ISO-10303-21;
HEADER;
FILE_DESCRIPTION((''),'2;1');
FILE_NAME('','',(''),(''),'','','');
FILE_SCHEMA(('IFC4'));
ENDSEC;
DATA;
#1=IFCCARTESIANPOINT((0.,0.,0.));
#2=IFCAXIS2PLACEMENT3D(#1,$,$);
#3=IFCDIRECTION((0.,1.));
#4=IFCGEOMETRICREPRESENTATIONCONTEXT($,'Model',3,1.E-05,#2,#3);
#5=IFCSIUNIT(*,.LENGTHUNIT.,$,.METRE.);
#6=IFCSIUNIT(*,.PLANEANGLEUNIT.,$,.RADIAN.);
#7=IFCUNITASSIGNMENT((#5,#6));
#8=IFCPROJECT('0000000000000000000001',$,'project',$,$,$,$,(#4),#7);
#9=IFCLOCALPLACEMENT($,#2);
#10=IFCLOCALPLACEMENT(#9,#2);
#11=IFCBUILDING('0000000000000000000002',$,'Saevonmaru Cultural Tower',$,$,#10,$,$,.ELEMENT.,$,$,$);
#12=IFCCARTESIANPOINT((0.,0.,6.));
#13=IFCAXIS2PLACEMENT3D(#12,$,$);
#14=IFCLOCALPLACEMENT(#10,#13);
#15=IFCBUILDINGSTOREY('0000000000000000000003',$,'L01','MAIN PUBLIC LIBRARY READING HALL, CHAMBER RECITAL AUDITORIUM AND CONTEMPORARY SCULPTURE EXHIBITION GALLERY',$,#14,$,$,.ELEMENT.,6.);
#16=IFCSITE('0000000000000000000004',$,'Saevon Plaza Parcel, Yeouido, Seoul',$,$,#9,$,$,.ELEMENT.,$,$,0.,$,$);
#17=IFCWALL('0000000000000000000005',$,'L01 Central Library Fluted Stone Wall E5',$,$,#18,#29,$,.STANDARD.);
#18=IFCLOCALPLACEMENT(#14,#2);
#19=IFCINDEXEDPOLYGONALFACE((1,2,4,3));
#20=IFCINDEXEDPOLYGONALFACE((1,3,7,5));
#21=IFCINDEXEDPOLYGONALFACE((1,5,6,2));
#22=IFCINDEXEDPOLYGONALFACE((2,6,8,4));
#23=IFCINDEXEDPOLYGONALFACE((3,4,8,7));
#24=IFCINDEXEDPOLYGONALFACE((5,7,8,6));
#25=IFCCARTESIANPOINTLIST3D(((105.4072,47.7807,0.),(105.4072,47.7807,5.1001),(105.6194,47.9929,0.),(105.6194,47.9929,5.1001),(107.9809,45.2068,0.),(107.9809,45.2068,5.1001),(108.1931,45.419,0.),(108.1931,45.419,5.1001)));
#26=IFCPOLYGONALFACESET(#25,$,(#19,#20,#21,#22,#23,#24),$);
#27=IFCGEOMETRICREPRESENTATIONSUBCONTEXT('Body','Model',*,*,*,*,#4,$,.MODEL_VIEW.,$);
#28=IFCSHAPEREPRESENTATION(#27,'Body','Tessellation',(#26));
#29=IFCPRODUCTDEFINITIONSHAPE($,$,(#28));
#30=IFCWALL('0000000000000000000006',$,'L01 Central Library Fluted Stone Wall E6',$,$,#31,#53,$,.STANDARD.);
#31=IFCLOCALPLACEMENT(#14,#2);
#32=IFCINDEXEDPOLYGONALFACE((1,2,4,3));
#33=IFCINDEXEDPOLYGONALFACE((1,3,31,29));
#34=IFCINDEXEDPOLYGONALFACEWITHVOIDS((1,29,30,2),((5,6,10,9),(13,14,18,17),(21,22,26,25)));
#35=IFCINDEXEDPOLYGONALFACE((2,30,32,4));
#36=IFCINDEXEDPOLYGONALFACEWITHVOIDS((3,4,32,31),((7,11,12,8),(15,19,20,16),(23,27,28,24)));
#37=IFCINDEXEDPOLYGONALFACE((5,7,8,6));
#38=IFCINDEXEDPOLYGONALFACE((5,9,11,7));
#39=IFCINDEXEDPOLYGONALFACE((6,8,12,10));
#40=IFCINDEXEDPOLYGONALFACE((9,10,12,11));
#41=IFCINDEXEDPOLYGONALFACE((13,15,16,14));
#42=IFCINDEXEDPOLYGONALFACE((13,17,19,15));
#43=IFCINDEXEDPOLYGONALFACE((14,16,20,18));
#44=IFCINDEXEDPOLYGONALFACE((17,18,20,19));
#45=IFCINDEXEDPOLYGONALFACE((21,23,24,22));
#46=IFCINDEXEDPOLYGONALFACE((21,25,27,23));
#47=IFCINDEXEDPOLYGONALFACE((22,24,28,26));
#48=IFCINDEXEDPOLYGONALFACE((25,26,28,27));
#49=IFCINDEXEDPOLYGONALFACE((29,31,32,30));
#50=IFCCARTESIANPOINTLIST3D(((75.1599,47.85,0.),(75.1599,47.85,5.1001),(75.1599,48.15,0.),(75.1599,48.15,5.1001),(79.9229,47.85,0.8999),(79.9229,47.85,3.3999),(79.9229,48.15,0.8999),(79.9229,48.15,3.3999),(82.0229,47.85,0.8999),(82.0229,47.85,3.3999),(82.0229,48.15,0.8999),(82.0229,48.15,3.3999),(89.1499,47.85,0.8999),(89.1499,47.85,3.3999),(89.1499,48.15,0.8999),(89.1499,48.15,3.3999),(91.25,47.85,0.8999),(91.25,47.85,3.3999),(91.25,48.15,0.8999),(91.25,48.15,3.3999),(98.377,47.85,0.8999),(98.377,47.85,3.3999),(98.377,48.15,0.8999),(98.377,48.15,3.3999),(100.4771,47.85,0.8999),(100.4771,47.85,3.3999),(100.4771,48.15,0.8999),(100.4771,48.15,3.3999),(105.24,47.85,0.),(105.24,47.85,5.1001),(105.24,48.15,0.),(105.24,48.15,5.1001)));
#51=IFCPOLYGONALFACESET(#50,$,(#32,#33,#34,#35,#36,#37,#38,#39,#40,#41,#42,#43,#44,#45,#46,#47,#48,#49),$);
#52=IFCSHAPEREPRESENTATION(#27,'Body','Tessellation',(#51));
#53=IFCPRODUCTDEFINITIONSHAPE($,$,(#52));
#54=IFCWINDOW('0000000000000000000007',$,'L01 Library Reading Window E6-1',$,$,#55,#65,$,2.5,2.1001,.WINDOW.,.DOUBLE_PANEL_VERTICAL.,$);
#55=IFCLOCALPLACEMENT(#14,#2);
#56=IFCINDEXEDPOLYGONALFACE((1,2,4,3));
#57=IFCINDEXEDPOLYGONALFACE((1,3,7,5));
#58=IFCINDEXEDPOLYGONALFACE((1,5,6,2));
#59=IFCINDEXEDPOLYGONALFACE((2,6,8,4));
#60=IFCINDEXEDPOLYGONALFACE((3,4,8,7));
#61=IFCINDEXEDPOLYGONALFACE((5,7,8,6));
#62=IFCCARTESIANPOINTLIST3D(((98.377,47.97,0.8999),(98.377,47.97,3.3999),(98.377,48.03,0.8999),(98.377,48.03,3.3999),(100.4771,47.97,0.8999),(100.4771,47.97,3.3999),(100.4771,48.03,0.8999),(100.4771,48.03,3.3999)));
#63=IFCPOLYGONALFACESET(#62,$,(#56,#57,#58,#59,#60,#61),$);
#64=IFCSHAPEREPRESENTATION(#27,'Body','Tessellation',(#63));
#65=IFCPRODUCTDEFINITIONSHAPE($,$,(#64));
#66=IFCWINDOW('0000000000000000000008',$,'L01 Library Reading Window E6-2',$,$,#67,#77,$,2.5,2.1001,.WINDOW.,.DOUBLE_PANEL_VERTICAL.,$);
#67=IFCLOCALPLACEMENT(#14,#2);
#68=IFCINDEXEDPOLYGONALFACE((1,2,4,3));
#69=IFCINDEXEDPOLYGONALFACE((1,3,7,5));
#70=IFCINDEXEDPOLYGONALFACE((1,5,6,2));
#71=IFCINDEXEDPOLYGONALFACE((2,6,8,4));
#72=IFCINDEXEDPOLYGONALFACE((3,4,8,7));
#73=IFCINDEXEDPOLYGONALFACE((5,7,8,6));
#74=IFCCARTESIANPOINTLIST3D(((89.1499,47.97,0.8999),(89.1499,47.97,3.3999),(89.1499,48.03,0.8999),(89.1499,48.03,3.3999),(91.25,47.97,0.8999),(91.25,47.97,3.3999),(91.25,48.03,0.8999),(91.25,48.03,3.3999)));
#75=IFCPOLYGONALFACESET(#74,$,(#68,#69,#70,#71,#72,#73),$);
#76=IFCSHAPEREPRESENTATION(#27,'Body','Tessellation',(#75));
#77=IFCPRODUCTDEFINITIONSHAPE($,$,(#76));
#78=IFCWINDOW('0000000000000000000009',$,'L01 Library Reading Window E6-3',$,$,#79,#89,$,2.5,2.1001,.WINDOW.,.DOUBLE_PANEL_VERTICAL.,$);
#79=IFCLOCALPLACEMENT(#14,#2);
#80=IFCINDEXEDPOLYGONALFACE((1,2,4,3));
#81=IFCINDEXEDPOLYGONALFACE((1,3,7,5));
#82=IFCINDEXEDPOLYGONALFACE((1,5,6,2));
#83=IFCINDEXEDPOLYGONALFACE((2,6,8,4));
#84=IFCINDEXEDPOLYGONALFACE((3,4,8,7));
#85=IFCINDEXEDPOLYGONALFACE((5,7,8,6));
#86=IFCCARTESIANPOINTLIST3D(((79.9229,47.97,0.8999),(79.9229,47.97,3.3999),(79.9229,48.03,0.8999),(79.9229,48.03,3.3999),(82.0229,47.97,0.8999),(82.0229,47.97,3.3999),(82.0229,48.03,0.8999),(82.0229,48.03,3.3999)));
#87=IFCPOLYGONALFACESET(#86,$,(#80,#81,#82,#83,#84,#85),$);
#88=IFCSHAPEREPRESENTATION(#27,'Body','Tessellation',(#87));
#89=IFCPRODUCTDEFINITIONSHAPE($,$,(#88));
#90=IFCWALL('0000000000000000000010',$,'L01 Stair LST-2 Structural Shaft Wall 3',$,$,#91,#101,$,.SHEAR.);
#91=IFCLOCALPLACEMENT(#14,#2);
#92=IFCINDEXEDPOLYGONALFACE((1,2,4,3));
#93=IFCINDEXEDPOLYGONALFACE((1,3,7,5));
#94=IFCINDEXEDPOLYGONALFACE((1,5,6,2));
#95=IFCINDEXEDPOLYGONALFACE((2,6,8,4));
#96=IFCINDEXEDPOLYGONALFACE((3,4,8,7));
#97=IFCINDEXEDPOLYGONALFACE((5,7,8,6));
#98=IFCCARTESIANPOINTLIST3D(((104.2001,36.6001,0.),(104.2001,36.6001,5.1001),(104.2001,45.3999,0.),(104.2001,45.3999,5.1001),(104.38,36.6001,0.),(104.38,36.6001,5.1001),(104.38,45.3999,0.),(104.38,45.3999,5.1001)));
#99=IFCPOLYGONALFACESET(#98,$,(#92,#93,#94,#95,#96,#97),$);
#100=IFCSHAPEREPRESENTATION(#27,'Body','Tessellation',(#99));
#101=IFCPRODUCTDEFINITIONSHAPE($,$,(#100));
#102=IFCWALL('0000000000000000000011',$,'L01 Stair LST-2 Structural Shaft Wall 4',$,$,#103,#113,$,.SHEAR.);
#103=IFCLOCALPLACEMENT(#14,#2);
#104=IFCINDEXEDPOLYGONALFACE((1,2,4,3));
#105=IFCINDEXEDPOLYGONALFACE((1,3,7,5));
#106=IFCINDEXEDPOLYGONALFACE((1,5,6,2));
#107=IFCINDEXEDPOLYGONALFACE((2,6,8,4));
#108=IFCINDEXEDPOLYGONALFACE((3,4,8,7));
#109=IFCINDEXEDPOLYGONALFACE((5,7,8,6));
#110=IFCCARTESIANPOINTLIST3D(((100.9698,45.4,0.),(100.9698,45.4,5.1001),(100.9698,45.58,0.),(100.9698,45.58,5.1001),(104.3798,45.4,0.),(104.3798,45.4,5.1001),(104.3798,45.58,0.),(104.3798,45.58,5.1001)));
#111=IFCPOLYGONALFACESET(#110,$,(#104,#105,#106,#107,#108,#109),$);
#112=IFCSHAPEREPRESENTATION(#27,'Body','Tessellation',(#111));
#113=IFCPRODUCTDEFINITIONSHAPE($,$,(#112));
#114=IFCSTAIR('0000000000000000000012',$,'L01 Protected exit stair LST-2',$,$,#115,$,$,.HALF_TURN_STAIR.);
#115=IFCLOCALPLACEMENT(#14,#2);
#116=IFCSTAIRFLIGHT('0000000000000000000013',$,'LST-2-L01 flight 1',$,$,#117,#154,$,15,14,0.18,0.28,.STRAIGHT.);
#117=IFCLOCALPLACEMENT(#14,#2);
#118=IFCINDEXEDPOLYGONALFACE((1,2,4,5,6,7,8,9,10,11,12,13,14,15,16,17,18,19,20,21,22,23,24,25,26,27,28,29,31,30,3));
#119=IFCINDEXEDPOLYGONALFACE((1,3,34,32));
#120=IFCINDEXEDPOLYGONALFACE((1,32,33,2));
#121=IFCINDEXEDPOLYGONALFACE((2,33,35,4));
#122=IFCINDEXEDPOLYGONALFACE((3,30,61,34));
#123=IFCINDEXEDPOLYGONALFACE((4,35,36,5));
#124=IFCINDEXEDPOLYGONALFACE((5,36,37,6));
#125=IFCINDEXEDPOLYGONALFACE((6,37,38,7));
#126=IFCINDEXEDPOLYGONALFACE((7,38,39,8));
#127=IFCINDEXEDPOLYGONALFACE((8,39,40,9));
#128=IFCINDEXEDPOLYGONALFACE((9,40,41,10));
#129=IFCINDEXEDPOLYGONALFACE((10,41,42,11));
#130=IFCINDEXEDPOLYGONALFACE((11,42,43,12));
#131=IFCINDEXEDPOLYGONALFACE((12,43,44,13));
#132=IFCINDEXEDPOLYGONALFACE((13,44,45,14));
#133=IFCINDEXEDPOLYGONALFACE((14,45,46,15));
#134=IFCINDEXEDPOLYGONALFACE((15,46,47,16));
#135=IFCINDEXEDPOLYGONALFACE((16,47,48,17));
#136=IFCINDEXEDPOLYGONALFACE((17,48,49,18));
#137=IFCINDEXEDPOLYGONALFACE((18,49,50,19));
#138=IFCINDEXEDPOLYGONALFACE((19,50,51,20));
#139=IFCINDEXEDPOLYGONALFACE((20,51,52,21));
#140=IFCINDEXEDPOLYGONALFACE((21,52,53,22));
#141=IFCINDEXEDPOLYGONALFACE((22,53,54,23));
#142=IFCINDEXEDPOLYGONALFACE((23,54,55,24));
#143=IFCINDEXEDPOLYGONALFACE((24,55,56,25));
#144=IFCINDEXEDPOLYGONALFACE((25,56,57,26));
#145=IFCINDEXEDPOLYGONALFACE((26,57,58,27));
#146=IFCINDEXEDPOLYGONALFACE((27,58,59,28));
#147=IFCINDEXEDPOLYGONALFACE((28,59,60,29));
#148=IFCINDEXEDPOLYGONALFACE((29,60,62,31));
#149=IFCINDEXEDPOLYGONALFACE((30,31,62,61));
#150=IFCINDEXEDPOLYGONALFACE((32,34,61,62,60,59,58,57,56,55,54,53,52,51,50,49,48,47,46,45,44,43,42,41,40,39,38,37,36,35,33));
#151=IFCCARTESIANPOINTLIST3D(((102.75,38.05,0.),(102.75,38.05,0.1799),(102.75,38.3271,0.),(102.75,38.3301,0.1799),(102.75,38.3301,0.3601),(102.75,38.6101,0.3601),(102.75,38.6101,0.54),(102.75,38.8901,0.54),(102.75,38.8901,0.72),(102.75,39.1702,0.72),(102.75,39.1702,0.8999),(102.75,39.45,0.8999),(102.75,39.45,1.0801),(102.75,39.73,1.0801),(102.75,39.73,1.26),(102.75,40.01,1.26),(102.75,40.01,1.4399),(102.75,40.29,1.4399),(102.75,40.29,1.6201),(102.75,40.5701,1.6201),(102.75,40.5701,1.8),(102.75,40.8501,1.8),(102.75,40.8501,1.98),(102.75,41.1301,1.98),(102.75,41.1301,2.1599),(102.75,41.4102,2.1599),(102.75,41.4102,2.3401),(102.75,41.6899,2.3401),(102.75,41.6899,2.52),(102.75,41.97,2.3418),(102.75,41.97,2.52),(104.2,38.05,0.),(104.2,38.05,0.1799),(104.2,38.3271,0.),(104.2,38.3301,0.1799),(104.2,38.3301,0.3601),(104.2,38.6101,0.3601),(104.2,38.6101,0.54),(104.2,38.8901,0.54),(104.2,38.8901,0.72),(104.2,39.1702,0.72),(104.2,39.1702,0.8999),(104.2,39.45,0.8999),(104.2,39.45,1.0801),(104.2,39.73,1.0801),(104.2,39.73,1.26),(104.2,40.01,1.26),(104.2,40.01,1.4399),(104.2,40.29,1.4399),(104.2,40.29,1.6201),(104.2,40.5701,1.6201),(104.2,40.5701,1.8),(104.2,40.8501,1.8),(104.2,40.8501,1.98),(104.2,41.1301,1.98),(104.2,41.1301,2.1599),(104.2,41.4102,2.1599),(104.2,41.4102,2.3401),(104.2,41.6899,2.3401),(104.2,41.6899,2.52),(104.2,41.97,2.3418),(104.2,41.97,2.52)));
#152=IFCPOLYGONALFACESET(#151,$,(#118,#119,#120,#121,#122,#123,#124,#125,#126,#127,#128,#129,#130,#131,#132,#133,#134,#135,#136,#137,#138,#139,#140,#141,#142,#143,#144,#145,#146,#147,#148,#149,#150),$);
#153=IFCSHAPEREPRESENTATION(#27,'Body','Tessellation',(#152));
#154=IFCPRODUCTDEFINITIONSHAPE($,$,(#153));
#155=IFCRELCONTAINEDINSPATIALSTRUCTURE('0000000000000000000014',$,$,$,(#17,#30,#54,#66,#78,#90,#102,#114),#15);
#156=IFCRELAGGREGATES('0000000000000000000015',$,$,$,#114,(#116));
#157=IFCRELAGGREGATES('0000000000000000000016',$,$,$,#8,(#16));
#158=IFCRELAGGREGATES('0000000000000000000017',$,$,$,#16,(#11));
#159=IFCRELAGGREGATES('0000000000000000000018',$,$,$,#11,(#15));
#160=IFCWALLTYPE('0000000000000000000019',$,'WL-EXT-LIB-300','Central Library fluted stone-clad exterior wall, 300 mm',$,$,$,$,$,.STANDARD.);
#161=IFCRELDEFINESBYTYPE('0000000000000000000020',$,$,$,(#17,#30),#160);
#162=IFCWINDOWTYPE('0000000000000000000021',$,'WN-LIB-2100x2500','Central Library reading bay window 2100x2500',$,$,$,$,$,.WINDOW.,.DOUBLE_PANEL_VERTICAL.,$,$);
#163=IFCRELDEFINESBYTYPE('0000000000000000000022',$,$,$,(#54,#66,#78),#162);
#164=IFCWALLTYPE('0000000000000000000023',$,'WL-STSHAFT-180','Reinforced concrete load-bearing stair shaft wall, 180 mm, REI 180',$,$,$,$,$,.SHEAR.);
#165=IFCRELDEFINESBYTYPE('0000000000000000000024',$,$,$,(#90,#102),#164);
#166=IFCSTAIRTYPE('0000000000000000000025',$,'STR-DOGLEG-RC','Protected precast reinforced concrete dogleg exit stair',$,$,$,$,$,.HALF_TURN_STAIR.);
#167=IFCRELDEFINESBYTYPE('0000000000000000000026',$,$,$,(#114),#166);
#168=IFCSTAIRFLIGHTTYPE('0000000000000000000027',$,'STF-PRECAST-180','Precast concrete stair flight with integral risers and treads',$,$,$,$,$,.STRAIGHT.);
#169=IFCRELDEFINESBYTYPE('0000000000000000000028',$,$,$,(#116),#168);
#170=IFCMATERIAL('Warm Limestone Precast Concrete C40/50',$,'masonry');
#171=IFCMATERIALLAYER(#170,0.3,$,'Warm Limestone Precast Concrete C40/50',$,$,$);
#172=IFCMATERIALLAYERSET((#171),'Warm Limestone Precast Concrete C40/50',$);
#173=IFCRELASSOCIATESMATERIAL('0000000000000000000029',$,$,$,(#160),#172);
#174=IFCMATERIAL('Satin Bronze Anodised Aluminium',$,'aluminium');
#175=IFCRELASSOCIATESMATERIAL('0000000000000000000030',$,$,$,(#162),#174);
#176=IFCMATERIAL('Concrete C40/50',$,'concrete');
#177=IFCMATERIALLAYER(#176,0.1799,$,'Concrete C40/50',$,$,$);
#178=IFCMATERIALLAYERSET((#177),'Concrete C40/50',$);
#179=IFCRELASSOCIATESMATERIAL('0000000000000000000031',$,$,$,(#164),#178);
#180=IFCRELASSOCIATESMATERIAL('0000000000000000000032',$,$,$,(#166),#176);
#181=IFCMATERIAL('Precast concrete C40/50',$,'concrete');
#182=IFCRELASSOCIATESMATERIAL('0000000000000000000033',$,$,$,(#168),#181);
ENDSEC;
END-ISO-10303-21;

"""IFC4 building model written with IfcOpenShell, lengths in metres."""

from ifc_helpers import new_model, si_unit, direction, frame, frame_2d, origin, place, context, subcontext, project, spatial, polyline, rectangle, outline, extrude, material, layer, layer_set, type_object, element, fill, aggregate, save


model = new_model("IFC4")

# Units and contexts
model_context = context("Model", 3, precision=1e-05, world=origin(), true_north=direction((0.0, 1.0)))
body_context = subcontext(model_context, "Body", "Model", "MODEL_VIEW")
ifc_project = project(units=[si_unit("LENGTHUNIT", "METRE"), si_unit("PLANEANGLEUNIT", "RADIAN")], contexts=[model_context])

# Site, building, storey
site_placement = place(None, origin())
site = spatial("IfcSite", under=ifc_project, at=site_placement, Name="Saevon Plaza Parcel, Yeouido, Seoul", CompositionType="ELEMENT", RefElevation=0.0)
building_placement = place(site_placement, origin())
building = spatial("IfcBuilding", under=site, at=building_placement, Name="Saevonmaru Cultural Tower", CompositionType="ELEMENT")
storey_placement = place(building_placement, frame((0.0, 0.0, 6.0)))
storey = spatial("IfcBuildingStorey", under=building, at=storey_placement, Name="L01", Description="MAIN PUBLIC LIBRARY READING HALL, CHAMBER RECITAL AUDITORIUM AND CONTEMPORARY SCULPTURE EXHIBITION GALLERY", CompositionType="ELEMENT", Elevation=6.0)

# Wall
ifc_material_1 = material(Name="Warm Limestone Precast Concrete C40/50", Category="masonry")
ifc_layer_1 = layer(ifc_material_1, 0.3, Name="Warm Limestone Precast Concrete C40/50")
ifc_layer_set_1 = layer_set([ifc_layer_1], Name="Warm Limestone Precast Concrete C40/50")
wall_type_1 = type_object("IfcWallType", Name="WL-EXT-LIB-300", Description="Central Library fluted stone-clad exterior wall, 300 mm", PredefinedType="STANDARD", material=ifc_layer_set_1)
wall_1_placement = place(storey_placement, frame((108.0869, 45.313, 0.0), z_axis=(0.0, 0.0, 1.0), x_axis=(-0.707073, 0.70714, 0.0)))
element("IfcWall", 1, at=wall_1_placement, inside=storey, type_object=wall_type_1, Name="L01 Central Library Fluted Stone Wall E5", PredefinedType="STANDARD", context=body_context, shape_type="SweptSolid", body=[
    extrude(rectangle(XDim=3.6399, YDim=0.3, at=frame_2d((1.8198, 0.0))), origin(), (0.0, 0.0, 1.0), 5.1001),
])

# Wall, openings, windows
wall_2_placement = place(storey_placement, frame((105.24, 48.0, 0.0), z_axis=(0.0, 0.0, 1.0), x_axis=(-1.0, 0.0, 0.0)))
wall_2 = element("IfcWall", 2, at=wall_2_placement, inside=storey, type_object=wall_type_1, Name="L01 Central Library Fluted Stone Wall E6", PredefinedType="STANDARD", context=body_context, shape_type="SweptSolid", body=[
    extrude(rectangle(XDim=30.0801, YDim=0.3, at=frame_2d((15.04, 0.0))), origin(), (0.0, 0.0, 1.0), 5.1001),
])
opening_1_placement = place(wall_2_placement, frame((4.7629, 0.0, 0.8999)))
opening_1 = element("IfcOpeningElement", 3, at=opening_1_placement, cuts=wall_2, PredefinedType="OPENING", context=body_context, shape_type="SweptSolid", body=[
    extrude(rectangle(XDim=2.1001, YDim=2.5, at=frame_2d((1.05, 1.25))), frame((0.0, 0.1602, 0.0), z_axis=(0.0, -1.0, 0.0), x_axis=(1.0, 0.0, 0.0)), (0.0, 0.0, 1.0), 0.3201),
])
opening_2_placement = place(wall_2_placement, frame((13.99, 0.0, 0.8999)))
opening_2 = element("IfcOpeningElement", 4, at=opening_2_placement, cuts=wall_2, PredefinedType="OPENING", context=body_context, shape_type="SweptSolid", body=[
    extrude(rectangle(XDim=2.1001, YDim=2.5, at=frame_2d((1.05, 1.25))), frame((0.0, 0.1602, 0.0), z_axis=(0.0, -1.0, 0.0), x_axis=(1.0, 0.0, 0.0)), (0.0, 0.0, 1.0), 0.3201),
])
opening_3_placement = place(wall_2_placement, frame((23.217, 0.0, 0.8999)))
opening_3 = element("IfcOpeningElement", 5, at=opening_3_placement, cuts=wall_2, PredefinedType="OPENING", context=body_context, shape_type="SweptSolid", body=[
    extrude(rectangle(XDim=2.1001, YDim=2.5, at=frame_2d((1.05, 1.25))), frame((0.0, 0.1602, 0.0), z_axis=(0.0, -1.0, 0.0), x_axis=(1.0, 0.0, 0.0)), (0.0, 0.0, 1.0), 0.3201),
])
ifc_material_2 = material(Name="Satin Bronze Anodised Aluminium", Category="aluminium")
window_type = type_object("IfcWindowType", Name="WN-LIB-2100x2500", Description="Central Library reading bay window 2100x2500", PartitioningType="DOUBLE_PANEL_VERTICAL", PredefinedType="WINDOW", material=ifc_material_2)
window_1_placement = place(opening_1_placement, origin())
window_1 = element("IfcWindow", 6, at=window_1_placement, inside=storey, type_object=window_type, Name="L01 Library Reading Window E6-1", OverallHeight=2.5, OverallWidth=2.1001, PartitioningType="DOUBLE_PANEL_VERTICAL", PredefinedType="WINDOW", context=body_context, shape_type="SweptSolid", body=[
    extrude(rectangle(XDim=2.1001, YDim=2.5, at=frame_2d((1.05, 1.25))), frame((0.0, 0.03, 0.0), z_axis=(0.0, -1.0, 0.0), x_axis=(1.0, 0.0, 0.0)), (0.0, 0.0, 1.0), 0.0601),
])
fill(opening_1, window_1)
window_2_placement = place(opening_2_placement, origin())
window_2 = element("IfcWindow", 7, at=window_2_placement, inside=storey, type_object=window_type, Name="L01 Library Reading Window E6-2", OverallHeight=2.5, OverallWidth=2.1001, PartitioningType="DOUBLE_PANEL_VERTICAL", PredefinedType="WINDOW", context=body_context, shape_type="SweptSolid", body=[
    extrude(rectangle(XDim=2.1001, YDim=2.5, at=frame_2d((1.05, 1.25))), frame((0.0, 0.03, 0.0), z_axis=(0.0, -1.0, 0.0), x_axis=(1.0, 0.0, 0.0)), (0.0, 0.0, 1.0), 0.0601),
])
fill(opening_2, window_2)
window_3_placement = place(opening_3_placement, origin())
window_3 = element("IfcWindow", 8, at=window_3_placement, inside=storey, type_object=window_type, Name="L01 Library Reading Window E6-3", OverallHeight=2.5, OverallWidth=2.1001, PartitioningType="DOUBLE_PANEL_VERTICAL", PredefinedType="WINDOW", context=body_context, shape_type="SweptSolid", body=[
    extrude(rectangle(XDim=2.1001, YDim=2.5, at=frame_2d((1.05, 1.25))), frame((0.0, 0.03, 0.0), z_axis=(0.0, -1.0, 0.0), x_axis=(1.0, 0.0, 0.0)), (0.0, 0.0, 1.0), 0.0601),
])
fill(opening_3, window_3)

# Walls
ifc_material_3 = material(Name="Concrete C40/50", Category="concrete")
ifc_layer_2 = layer(ifc_material_3, 0.1799, Name="Concrete C40/50")
ifc_layer_set_2 = layer_set([ifc_layer_2], Name="Concrete C40/50")
wall_type_2 = type_object("IfcWallType", Name="WL-STSHAFT-180", Description="Reinforced concrete load-bearing stair shaft wall, 180 mm, REI 180", PredefinedType="SHEAR", material=ifc_layer_set_2)
wall_3_placement = place(storey_placement, frame((104.29, 36.6001, 0.0), z_axis=(0.0, 0.0, 1.0), x_axis=(0.0, 1.0, 0.0)))
element("IfcWall", 9, at=wall_3_placement, inside=storey, type_object=wall_type_2, Name="L01 Stair LST-2 Structural Shaft Wall 3", PredefinedType="SHEAR", context=body_context, shape_type="SweptSolid", body=[
    extrude(rectangle(XDim=8.7998, YDim=0.1799, at=frame_2d((4.3999, 0.0))), origin(), (0.0, 0.0, 1.0), 5.1001),
])
wall_4_placement = place(storey_placement, frame((104.3799, 45.49, 0.0), z_axis=(0.0, 0.0, 1.0), x_axis=(-1.0, 0.0, 0.0)))
element("IfcWall", 10, at=wall_4_placement, inside=storey, type_object=wall_type_2, Name="L01 Stair LST-2 Structural Shaft Wall 4", PredefinedType="SHEAR", context=body_context, shape_type="SweptSolid", body=[
    extrude(rectangle(XDim=3.4099, YDim=0.1799, at=frame_2d((1.7051, 0.0))), origin(), (0.0, 0.0, 1.0), 5.1001),
])

# Stair, stair flight
stair_type = type_object("IfcStairType", Name="STR-DOGLEG-RC", Description="Protected precast reinforced concrete dogleg exit stair", PredefinedType="HALF_TURN_STAIR", material=ifc_material_3)
stair_placement = place(storey_placement, origin())
stair = element("IfcStair", 11, at=stair_placement, inside=storey, type_object=stair_type, Name="L01 Protected exit stair LST-2", PredefinedType="HALF_TURN_STAIR")
ifc_material_4 = material(Name="Precast concrete C40/50", Category="concrete")
stair_flight_type = type_object("IfcStairFlightType", Name="STF-PRECAST-180", Description="Precast concrete stair flight with integral risers and treads", PredefinedType="STRAIGHT", material=ifc_material_4)
stair_flight_1_placement = place(storey_placement, frame((103.4751, 38.05, 0.0), z_axis=(0.0, 0.0, 1.0), x_axis=(0.0, 1.0, 0.0)))
stair_flight_1 = element("IfcStairFlight", 12, at=stair_flight_1_placement, type_object=stair_flight_type, Name="LST-2-L01 flight 1", NumberOfRisers=15, NumberOfTreads=14, PredefinedType="STRAIGHT", RiserHeight=0.18, TreadLength=0.28, context=body_context, shape_type="SweptSolid", body=[
    extrude(outline(polyline([(0.0, 0.0), (0.0, 0.1799), (0.28, 0.1799), (0.28, 0.3601), (0.5601, 0.3601), (0.5601, 0.54), (0.8401, 0.54), (0.8401, 0.72), (1.1201, 0.72), (1.1201, 0.8999), (1.3999, 0.8999), (1.3999, 1.0801), (1.6799, 1.0801), (1.6799, 1.26), (1.96, 1.26), (1.96, 1.4399), (2.24, 1.4399), (2.24, 1.6201), (2.52, 1.6201), (2.52, 1.8), (2.8, 1.8), (2.8, 1.98), (3.0801, 1.98), (3.0801, 2.1599), (3.3601, 2.1599), (3.3601, 2.3401), (3.6399, 2.3401), (3.6399, 2.52), (3.9199, 2.52), (3.9199, 2.7), (3.9199, 2.3418), (0.2771, 0.0), (0.0, 0.0)])), frame((0.0, 0.7251, 0.0), z_axis=(0.0, -1.0, 0.0), x_axis=(1.0, 0.0, 0.0)), (0.0, 0.0, 1.0), 1.45),
])
aggregate(stair, [stair_flight_1])

save(model, "model.ifc")
